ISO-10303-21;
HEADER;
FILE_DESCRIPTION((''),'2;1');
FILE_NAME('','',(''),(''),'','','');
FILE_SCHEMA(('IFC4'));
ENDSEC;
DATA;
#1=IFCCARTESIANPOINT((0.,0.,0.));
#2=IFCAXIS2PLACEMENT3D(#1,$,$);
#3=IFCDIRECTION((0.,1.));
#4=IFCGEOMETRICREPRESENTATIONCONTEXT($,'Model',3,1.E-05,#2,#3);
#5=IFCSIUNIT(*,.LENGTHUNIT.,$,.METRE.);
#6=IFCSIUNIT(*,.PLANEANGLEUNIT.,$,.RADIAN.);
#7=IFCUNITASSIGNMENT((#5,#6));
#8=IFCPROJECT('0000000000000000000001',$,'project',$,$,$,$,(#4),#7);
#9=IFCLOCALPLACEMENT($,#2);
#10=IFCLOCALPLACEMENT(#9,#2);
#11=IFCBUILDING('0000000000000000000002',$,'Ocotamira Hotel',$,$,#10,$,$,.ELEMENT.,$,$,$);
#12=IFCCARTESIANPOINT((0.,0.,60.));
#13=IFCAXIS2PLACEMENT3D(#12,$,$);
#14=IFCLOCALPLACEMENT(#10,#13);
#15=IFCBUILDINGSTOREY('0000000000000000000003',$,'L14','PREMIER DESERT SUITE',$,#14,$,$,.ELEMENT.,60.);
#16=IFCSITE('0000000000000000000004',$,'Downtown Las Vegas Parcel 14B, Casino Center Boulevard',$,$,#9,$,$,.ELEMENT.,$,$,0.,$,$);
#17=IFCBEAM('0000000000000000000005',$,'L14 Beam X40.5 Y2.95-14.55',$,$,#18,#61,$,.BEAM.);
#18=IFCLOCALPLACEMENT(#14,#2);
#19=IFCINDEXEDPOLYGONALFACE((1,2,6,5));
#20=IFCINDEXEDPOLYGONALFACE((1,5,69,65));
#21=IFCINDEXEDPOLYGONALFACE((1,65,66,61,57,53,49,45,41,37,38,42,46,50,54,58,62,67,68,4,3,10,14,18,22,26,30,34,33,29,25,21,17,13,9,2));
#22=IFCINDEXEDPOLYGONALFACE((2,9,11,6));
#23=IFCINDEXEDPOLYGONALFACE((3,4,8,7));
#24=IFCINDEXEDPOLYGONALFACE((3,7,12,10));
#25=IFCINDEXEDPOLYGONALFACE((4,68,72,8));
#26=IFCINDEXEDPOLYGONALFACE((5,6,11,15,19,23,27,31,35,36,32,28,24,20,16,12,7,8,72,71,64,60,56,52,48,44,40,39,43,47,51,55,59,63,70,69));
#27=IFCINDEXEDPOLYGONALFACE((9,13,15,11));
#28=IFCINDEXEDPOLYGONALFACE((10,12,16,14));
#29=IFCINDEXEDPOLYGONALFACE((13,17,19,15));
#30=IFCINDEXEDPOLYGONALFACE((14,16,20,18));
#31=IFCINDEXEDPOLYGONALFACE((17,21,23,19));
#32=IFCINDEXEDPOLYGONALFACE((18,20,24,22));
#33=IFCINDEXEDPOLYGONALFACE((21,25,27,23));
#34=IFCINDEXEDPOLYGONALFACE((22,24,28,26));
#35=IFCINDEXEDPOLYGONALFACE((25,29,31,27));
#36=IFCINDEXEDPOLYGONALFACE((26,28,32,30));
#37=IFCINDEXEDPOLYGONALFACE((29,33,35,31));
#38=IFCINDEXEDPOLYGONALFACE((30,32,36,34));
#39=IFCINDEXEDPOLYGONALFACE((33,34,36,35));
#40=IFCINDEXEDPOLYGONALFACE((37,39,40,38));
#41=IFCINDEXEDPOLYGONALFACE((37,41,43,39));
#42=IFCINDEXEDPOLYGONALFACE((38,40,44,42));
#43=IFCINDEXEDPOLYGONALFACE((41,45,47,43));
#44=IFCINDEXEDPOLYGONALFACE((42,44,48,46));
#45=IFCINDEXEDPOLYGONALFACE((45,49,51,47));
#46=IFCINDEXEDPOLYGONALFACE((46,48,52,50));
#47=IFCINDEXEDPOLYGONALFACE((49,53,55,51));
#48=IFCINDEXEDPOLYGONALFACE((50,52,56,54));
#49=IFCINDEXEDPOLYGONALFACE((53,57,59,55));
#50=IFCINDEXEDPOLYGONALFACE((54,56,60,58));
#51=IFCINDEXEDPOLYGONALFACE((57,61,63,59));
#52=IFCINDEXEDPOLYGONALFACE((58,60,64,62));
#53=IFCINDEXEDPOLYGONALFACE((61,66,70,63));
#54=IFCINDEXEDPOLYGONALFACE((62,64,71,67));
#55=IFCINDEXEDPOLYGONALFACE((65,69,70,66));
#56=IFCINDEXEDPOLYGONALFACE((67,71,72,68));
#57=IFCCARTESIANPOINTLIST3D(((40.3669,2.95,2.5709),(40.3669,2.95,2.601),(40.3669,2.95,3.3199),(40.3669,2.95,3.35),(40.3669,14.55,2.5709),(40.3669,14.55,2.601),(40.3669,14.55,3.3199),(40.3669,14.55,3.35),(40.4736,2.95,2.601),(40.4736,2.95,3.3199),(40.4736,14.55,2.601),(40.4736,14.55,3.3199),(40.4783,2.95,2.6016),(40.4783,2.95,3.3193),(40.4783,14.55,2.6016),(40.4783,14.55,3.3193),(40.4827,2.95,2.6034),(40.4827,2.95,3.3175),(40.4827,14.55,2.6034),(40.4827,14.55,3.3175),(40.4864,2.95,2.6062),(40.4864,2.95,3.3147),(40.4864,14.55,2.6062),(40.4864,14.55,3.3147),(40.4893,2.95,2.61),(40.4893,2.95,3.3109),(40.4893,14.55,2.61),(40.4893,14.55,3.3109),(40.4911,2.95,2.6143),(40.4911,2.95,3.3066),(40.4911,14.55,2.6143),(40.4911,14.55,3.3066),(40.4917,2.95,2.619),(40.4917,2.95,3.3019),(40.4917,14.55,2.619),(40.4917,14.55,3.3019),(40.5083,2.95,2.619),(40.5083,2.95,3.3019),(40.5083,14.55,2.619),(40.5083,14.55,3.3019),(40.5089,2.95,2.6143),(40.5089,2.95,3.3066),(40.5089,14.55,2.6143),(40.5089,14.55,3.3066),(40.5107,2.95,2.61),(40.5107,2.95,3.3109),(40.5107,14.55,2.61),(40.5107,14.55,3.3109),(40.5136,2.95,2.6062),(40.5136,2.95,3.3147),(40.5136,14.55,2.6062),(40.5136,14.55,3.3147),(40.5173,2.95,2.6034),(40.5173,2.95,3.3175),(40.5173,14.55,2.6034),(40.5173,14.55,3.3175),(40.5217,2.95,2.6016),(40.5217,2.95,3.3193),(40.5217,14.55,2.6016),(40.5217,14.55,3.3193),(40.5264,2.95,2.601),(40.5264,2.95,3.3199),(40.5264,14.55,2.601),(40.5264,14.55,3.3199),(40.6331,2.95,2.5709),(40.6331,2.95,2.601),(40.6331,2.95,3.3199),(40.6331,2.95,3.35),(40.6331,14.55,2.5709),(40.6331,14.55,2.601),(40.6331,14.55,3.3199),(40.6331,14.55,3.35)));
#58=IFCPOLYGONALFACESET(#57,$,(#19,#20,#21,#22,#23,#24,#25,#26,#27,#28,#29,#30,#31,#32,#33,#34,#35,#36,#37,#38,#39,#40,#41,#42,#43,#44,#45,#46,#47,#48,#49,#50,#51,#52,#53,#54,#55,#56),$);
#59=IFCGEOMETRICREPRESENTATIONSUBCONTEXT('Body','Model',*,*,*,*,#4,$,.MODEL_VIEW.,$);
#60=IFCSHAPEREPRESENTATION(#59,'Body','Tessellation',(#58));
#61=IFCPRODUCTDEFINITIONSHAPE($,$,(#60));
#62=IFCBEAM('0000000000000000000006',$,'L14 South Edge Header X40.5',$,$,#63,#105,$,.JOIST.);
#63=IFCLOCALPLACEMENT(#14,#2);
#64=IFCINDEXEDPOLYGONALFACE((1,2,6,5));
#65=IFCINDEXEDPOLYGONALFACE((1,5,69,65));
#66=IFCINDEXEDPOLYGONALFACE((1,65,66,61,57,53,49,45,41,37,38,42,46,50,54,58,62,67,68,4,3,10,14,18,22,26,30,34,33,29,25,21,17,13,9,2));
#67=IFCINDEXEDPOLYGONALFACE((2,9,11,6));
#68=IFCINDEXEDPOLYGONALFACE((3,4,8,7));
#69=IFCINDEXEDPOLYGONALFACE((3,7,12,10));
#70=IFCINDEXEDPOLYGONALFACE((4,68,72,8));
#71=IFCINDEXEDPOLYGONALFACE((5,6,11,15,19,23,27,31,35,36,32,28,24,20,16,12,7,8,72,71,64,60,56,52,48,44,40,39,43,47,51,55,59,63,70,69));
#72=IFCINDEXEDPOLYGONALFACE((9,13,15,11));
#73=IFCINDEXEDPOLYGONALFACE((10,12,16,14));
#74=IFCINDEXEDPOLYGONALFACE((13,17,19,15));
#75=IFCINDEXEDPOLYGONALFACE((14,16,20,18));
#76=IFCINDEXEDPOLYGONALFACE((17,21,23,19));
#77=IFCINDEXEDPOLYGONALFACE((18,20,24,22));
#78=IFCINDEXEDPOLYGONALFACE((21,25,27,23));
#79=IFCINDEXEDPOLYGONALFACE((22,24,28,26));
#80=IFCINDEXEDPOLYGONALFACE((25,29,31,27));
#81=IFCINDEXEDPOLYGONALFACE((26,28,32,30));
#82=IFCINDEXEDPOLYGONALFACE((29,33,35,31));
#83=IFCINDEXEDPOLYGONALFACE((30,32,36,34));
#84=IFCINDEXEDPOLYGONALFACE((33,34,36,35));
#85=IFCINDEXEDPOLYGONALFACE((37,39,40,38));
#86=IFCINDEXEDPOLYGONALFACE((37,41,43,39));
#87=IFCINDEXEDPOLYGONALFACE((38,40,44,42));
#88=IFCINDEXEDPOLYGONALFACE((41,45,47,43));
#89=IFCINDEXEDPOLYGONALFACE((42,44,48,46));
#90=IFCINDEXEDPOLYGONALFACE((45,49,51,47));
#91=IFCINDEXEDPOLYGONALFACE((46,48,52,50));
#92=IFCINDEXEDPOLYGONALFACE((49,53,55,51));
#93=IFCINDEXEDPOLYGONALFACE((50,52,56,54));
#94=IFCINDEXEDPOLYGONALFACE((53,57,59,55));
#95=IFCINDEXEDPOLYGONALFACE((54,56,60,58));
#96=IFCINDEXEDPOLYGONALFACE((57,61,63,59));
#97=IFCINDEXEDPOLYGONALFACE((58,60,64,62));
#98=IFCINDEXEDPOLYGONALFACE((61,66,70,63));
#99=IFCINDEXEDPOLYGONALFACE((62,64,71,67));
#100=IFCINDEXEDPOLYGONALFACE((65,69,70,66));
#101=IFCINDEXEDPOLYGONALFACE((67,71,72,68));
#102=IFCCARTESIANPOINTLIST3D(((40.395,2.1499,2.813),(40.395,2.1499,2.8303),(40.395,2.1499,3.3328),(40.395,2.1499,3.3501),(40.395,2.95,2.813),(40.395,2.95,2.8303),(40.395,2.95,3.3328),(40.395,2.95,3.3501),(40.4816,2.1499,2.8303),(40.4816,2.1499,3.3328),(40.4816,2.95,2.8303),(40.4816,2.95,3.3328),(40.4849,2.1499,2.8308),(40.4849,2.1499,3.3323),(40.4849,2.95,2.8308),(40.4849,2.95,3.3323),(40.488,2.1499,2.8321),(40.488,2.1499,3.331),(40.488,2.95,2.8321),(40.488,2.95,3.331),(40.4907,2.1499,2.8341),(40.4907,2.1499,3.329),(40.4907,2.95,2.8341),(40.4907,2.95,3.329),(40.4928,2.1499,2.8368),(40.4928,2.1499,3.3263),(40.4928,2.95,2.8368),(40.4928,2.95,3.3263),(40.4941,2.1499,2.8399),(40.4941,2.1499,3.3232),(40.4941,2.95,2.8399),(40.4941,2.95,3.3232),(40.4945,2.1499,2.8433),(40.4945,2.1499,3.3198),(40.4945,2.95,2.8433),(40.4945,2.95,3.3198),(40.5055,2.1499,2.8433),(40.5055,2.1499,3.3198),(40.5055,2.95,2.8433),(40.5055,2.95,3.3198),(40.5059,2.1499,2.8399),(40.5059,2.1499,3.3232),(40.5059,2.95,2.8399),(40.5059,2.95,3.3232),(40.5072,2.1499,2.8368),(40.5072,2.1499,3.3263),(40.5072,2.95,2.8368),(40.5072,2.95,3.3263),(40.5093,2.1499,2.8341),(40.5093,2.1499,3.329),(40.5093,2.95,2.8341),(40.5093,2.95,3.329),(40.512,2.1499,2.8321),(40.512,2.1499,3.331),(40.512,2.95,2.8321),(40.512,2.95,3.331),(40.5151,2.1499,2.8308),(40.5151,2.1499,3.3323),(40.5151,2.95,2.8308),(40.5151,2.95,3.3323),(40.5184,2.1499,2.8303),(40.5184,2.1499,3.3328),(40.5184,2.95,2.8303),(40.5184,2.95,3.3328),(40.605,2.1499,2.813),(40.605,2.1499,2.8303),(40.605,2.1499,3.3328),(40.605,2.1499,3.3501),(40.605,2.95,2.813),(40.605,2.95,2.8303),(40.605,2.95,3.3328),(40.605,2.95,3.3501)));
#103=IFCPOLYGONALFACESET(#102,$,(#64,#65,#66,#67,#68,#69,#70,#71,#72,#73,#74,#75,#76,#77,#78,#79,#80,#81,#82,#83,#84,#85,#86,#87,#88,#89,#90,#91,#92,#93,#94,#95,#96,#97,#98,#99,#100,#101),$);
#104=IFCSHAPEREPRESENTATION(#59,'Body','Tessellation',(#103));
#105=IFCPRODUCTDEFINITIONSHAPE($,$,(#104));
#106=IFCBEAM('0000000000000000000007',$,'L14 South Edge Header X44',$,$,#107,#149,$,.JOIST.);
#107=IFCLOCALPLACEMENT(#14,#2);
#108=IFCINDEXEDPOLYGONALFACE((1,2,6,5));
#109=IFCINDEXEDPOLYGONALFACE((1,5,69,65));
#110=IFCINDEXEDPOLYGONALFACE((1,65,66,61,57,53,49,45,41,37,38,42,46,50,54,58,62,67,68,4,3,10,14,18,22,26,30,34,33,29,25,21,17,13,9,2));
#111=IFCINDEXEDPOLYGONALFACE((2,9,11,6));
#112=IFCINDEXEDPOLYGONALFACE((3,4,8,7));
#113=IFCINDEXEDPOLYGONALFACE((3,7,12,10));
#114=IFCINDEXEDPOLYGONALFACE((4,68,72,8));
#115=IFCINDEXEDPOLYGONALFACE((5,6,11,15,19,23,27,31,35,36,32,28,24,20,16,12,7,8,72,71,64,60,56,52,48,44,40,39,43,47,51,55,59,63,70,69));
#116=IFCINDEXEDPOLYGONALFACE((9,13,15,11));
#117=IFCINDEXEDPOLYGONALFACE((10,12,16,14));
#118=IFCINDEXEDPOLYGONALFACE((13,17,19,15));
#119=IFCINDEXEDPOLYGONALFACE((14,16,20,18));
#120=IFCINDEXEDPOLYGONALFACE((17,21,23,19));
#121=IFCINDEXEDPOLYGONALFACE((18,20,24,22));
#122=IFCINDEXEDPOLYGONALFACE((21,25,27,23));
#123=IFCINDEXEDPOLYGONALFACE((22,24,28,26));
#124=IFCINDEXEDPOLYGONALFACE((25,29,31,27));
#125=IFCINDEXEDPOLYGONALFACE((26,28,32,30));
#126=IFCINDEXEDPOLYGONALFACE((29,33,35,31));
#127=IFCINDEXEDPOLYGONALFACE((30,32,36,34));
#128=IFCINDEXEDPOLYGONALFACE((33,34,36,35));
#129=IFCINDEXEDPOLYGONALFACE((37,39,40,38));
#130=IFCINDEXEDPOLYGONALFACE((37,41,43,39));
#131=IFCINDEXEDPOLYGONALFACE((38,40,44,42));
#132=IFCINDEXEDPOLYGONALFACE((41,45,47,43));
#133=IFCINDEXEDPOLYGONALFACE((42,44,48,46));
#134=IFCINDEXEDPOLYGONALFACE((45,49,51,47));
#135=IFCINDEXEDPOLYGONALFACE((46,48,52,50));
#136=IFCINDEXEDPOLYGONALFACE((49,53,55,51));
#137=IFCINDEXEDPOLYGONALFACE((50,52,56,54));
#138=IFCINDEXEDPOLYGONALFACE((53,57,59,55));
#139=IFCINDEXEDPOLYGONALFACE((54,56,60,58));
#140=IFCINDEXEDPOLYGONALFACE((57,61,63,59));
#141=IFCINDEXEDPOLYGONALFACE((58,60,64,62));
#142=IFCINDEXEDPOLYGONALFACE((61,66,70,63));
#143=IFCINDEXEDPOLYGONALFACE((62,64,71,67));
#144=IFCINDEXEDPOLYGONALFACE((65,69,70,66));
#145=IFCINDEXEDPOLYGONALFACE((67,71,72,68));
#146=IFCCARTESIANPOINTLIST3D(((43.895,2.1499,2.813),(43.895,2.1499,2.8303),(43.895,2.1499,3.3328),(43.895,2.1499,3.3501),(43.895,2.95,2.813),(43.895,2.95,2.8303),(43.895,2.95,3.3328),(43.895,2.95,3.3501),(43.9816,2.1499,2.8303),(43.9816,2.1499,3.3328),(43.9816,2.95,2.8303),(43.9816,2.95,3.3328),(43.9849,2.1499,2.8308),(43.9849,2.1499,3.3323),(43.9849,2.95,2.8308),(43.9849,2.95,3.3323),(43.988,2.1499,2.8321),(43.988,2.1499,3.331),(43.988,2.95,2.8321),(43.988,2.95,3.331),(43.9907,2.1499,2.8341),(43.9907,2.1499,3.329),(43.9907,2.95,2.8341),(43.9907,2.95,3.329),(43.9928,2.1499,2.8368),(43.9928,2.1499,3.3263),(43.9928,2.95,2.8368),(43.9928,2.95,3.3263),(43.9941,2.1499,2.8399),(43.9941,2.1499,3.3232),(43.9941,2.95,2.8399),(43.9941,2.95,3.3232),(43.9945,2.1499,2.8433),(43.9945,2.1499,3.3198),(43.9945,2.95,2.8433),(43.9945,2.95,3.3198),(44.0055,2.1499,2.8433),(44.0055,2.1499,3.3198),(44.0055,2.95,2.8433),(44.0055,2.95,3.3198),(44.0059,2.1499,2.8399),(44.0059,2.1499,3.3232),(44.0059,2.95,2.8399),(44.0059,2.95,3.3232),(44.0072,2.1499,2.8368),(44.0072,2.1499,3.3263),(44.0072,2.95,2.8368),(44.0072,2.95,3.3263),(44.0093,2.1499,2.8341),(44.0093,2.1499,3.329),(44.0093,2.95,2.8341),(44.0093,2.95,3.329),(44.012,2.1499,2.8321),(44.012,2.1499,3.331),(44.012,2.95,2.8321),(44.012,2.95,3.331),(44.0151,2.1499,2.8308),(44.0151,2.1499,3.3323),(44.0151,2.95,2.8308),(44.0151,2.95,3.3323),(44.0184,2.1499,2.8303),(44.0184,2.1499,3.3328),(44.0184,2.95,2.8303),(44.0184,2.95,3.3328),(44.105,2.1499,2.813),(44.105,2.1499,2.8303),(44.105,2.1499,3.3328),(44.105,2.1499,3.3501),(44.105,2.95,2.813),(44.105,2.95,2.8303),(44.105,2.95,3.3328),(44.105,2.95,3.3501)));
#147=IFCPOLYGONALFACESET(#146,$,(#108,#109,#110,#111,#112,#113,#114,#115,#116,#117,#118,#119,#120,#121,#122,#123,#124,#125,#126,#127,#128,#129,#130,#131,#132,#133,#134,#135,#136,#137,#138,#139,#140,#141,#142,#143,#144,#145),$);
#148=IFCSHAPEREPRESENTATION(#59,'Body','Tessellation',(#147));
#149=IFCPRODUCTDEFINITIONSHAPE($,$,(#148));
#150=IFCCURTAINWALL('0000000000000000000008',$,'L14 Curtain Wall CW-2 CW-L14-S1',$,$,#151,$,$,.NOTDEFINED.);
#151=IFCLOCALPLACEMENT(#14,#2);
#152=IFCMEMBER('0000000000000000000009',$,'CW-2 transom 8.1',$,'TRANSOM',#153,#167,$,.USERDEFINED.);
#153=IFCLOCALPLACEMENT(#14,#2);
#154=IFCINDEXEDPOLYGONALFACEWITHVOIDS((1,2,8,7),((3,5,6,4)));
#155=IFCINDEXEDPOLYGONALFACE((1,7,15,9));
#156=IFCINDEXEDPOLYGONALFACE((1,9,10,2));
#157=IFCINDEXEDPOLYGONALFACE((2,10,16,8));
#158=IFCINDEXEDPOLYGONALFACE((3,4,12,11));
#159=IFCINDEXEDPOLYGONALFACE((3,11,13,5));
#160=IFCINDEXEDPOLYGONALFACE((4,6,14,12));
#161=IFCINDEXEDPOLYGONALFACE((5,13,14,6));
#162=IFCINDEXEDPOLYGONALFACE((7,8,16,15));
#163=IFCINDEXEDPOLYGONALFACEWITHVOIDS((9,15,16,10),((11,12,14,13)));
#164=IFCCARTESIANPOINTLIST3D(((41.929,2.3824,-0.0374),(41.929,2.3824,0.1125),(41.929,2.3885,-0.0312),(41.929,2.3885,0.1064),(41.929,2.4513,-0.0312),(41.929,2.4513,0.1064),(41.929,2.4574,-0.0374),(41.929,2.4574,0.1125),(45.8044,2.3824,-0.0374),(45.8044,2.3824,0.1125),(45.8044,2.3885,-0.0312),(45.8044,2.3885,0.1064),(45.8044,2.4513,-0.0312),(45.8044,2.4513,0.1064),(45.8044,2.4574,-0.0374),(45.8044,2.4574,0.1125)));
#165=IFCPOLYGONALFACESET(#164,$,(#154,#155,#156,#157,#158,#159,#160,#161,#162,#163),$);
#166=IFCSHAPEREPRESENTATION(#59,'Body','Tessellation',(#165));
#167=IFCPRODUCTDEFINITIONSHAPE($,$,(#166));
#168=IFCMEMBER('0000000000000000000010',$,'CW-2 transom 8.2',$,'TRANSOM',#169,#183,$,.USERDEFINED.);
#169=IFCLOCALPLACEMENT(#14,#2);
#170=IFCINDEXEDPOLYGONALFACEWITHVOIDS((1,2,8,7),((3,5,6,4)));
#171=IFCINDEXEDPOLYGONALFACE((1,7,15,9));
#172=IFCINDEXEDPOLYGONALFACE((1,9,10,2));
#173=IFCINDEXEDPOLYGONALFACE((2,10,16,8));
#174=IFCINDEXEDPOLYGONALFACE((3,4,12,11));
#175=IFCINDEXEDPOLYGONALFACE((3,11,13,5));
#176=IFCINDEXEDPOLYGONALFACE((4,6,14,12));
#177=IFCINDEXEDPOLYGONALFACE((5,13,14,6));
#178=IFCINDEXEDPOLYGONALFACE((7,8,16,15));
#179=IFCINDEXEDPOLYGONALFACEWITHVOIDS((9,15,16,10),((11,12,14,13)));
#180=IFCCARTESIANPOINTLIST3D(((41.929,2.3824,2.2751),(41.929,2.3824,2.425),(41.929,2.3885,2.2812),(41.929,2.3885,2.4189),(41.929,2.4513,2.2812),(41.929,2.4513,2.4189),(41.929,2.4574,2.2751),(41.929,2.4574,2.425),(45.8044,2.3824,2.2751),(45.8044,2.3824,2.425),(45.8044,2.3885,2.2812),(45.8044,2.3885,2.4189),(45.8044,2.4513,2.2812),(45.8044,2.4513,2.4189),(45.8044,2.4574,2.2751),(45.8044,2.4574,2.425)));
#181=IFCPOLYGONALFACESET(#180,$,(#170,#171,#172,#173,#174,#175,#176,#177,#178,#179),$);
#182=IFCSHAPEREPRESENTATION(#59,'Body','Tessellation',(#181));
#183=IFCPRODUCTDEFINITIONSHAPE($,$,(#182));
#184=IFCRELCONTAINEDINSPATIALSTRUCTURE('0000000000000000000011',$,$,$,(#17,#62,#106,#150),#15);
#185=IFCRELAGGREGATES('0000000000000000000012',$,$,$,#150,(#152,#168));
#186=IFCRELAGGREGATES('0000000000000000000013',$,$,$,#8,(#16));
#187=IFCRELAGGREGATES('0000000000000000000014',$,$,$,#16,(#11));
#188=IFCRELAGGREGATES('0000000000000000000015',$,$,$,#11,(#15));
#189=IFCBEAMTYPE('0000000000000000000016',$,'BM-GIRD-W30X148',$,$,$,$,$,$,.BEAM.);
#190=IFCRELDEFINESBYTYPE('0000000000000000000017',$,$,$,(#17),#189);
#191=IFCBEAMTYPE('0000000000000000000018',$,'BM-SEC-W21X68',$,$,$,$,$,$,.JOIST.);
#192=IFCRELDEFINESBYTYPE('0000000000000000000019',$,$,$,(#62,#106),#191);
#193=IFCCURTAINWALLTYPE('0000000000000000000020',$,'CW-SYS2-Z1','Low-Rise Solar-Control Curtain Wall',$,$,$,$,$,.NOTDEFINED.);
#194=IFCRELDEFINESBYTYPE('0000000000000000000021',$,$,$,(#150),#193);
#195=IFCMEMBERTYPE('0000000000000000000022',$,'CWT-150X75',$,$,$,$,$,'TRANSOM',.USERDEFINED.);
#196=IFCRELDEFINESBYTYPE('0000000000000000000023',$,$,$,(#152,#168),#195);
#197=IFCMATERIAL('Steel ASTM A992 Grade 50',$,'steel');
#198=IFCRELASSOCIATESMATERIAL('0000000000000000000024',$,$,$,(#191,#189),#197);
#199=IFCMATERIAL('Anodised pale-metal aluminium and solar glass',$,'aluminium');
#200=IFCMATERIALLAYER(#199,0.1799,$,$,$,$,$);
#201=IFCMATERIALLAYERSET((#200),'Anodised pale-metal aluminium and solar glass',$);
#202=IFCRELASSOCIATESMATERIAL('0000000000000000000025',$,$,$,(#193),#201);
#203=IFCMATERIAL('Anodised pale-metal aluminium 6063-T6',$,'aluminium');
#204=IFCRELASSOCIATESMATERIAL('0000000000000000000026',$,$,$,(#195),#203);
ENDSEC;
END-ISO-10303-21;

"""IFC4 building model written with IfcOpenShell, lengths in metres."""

from ifc_helpers import new_model, si_unit, direction, frame, origin, origin_2d, place, context, subcontext, project, spatial, hollow_rectangle, i_section, extrude, source, transform, mapped, material, layer, layer_set, material_profile, profile_set, type_object, element, aggregate, save


model = new_model("IFC4")

# Units and contexts
model_context = context("Model", 3, precision=1e-05, world=origin(), true_north=direction((0.0, 1.0)))
body_context = subcontext(model_context, "Body", "Model", "MODEL_VIEW")
ifc_project = project(units=[si_unit("LENGTHUNIT", "METRE"), si_unit("PLANEANGLEUNIT", "RADIAN")], contexts=[model_context])

# Site, building, storey
site_placement = place(None, origin())
site = spatial("IfcSite", under=ifc_project, at=site_placement, Name="Downtown Las Vegas Parcel 14B, Casino Center Boulevard", CompositionType="ELEMENT", RefElevation=0.0)
building_placement = place(site_placement, origin())
building = spatial("IfcBuilding", under=site, at=building_placement, Name="Ocotamira Hotel", CompositionType="ELEMENT")
storey_placement = place(building_placement, frame((0.0, 0.0, 60.0)))
storey = spatial("IfcBuildingStorey", under=building, at=storey_placement, Name="L14", Description="PREMIER DESERT SUITE", CompositionType="ELEMENT", Elevation=60.0)

# Beams
ifc_material_1 = material(Name="Steel ASTM A992 Grade 50", Category="steel")
ifc_material_profile_1 = material_profile(ifc_material_1, i_section(OverallWidth=0.21, OverallDepth=0.5371, WebThickness=0.011, FlangeThickness=0.0173, FilletRadius=0.0129, at=origin_2d()), Name="W21X68")
ifc_profile_set_1 = profile_set([ifc_material_profile_1], Name="Steel ASTM A992 Grade 50")
beam_type_1 = type_object("IfcBeamType", Name="BM-SEC-W21X68", PredefinedType="JOIST", material=ifc_profile_set_1)
ifc_material_profile_2 = material_profile(ifc_material_1, i_section(OverallWidth=0.2661, OverallDepth=0.7791, WebThickness=0.0166, FlangeThickness=0.03, FilletRadius=0.0181, at=origin_2d()), Name="W30X148")
ifc_profile_set_2 = profile_set([ifc_material_profile_2], Name="Steel ASTM A992 Grade 50")
beam_type_2 = type_object("IfcBeamType", Name="BM-GIRD-W30X148", PredefinedType="BEAM", material=ifc_profile_set_2)
shared_shape_1 = source(origin(), body_context, "Body", "SweptSolid", [
    extrude(i_section(OverallWidth=0.2661, OverallDepth=0.7791, WebThickness=0.0166, FlangeThickness=0.03, FilletRadius=0.0181, at=origin_2d()), origin(), (0.0, 0.0, 1.0), 11.6001),
])
beam_1_placement = place(storey_placement, frame((40.5, 2.95, 2.9604), z_axis=(0.0, 1.0, 0.0), x_axis=(-1.0, 0.0, 0.0)))
element("IfcBeam", 1, at=beam_1_placement, inside=storey, type_object=beam_type_2, Name="L14 Beam X40.5 Y2.95-14.55", PredefinedType="BEAM", context=body_context, shape_type="MappedRepresentation", body=[
    mapped(shared_shape_1, transform((0.0, 0.0, 0.0), scale=1.0)),
])
shared_shape_2 = source(origin(), body_context, "Body", "SweptSolid", [
    extrude(i_section(OverallWidth=0.21, OverallDepth=0.5371, WebThickness=0.011, FlangeThickness=0.0173, FilletRadius=0.0129, at=origin_2d()), origin(), (0.0, 0.0, 1.0), 0.8),
])
for number, where, z_axis, x_axis, name in (
    (2, (40.5, 2.95, 3.0815), (0.0, -1.0, 0.0), (1.0, 0.0, 0.0), "L14 South Edge Header X40.5"),
    (3, (44.0, 2.95, 3.0815), (0.0, -1.0, 0.0), (1.0, 0.0, 0.0), "L14 South Edge Header X44"),
):
    element("IfcBeam", number, at=place(storey_placement, frame(where, z_axis=z_axis, x_axis=x_axis)), inside=storey, type_object=beam_type_1, Name=name, PredefinedType="JOIST", context=body_context, shape_type="MappedRepresentation", body=[
        mapped(shared_shape_2, transform((0.0, 0.0, 0.0), scale=1.0)),
    ])

# Curtain wall, members
ifc_material_2 = material(Name="Anodised pale-metal aluminium and solar glass", Category="aluminium")
ifc_layer_1 = layer(ifc_material_2, 0.1799)
ifc_layer_set_1 = layer_set([ifc_layer_1], Name="Anodised pale-metal aluminium and solar glass")
curtain_wall_type = type_object("IfcCurtainWallType", Name="CW-SYS2-Z1", Description="Low-Rise Solar-Control Curtain Wall", PredefinedType="NOTDEFINED", material=ifc_layer_set_1)
curtain_wall_placement = place(storey_placement, origin())
curtain_wall = element("IfcCurtainWall", 4, at=curtain_wall_placement, inside=storey, type_object=curtain_wall_type, Name="L14 Curtain Wall CW-2 CW-L14-S1", PredefinedType="NOTDEFINED")
ifc_material_3 = material(Name="Anodised pale-metal aluminium 6063-T6", Category="aluminium")
ifc_material_profile_3 = material_profile(ifc_material_3, hollow_rectangle(XDim=0.075, YDim=0.1499, WallThickness=0.0061, at=origin_2d()), Name="HSS150X75X6")
ifc_profile_set_3 = profile_set([ifc_material_profile_3], Name="Anodised pale-metal aluminium 6063-T6")
member_type_1 = type_object("IfcMemberType", Name="CWT-150X75", ElementType="TRANSOM", PredefinedType="USERDEFINED", material=ifc_profile_set_3)
shared_shape_3 = source(origin(), body_context, "Body", "SweptSolid", [
    extrude(hollow_rectangle(XDim=0.075, YDim=0.1499, WallThickness=0.0061, at=origin_2d()), origin(), (0.0, 0.0, 1.0), 3.8755),
])
member_1_placement = place(storey_placement, frame((41.929, 2.4199, 0.0376), z_axis=(1.0, 0.0, 0.0), x_axis=(0.0, 1.0, 0.0)))
member_1 = element("IfcMember", 5, at=member_1_placement, type_object=member_type_1, Name="CW-2 transom 8.1", ObjectType="TRANSOM", PredefinedType="USERDEFINED", context=body_context, shape_type="MappedRepresentation", body=[
    mapped(shared_shape_3, transform((0.0, 0.0, 0.0), scale=1.0)),
])
member_2_placement = place(storey_placement, frame((41.929, 2.4199, 2.3501), z_axis=(1.0, 0.0, 0.0), x_axis=(0.0, 1.0, 0.0)))
member_2 = element("IfcMember", 6, at=member_2_placement, type_object=member_type_1, Name="CW-2 transom 8.2", ObjectType="TRANSOM", PredefinedType="USERDEFINED", context=body_context, shape_type="MappedRepresentation", body=[
    mapped(shared_shape_3, transform((0.0, 0.0, 0.0), scale=1.0)),
])
aggregate(curtain_wall, [member_1, member_2])

save(model, "model.ifc")
